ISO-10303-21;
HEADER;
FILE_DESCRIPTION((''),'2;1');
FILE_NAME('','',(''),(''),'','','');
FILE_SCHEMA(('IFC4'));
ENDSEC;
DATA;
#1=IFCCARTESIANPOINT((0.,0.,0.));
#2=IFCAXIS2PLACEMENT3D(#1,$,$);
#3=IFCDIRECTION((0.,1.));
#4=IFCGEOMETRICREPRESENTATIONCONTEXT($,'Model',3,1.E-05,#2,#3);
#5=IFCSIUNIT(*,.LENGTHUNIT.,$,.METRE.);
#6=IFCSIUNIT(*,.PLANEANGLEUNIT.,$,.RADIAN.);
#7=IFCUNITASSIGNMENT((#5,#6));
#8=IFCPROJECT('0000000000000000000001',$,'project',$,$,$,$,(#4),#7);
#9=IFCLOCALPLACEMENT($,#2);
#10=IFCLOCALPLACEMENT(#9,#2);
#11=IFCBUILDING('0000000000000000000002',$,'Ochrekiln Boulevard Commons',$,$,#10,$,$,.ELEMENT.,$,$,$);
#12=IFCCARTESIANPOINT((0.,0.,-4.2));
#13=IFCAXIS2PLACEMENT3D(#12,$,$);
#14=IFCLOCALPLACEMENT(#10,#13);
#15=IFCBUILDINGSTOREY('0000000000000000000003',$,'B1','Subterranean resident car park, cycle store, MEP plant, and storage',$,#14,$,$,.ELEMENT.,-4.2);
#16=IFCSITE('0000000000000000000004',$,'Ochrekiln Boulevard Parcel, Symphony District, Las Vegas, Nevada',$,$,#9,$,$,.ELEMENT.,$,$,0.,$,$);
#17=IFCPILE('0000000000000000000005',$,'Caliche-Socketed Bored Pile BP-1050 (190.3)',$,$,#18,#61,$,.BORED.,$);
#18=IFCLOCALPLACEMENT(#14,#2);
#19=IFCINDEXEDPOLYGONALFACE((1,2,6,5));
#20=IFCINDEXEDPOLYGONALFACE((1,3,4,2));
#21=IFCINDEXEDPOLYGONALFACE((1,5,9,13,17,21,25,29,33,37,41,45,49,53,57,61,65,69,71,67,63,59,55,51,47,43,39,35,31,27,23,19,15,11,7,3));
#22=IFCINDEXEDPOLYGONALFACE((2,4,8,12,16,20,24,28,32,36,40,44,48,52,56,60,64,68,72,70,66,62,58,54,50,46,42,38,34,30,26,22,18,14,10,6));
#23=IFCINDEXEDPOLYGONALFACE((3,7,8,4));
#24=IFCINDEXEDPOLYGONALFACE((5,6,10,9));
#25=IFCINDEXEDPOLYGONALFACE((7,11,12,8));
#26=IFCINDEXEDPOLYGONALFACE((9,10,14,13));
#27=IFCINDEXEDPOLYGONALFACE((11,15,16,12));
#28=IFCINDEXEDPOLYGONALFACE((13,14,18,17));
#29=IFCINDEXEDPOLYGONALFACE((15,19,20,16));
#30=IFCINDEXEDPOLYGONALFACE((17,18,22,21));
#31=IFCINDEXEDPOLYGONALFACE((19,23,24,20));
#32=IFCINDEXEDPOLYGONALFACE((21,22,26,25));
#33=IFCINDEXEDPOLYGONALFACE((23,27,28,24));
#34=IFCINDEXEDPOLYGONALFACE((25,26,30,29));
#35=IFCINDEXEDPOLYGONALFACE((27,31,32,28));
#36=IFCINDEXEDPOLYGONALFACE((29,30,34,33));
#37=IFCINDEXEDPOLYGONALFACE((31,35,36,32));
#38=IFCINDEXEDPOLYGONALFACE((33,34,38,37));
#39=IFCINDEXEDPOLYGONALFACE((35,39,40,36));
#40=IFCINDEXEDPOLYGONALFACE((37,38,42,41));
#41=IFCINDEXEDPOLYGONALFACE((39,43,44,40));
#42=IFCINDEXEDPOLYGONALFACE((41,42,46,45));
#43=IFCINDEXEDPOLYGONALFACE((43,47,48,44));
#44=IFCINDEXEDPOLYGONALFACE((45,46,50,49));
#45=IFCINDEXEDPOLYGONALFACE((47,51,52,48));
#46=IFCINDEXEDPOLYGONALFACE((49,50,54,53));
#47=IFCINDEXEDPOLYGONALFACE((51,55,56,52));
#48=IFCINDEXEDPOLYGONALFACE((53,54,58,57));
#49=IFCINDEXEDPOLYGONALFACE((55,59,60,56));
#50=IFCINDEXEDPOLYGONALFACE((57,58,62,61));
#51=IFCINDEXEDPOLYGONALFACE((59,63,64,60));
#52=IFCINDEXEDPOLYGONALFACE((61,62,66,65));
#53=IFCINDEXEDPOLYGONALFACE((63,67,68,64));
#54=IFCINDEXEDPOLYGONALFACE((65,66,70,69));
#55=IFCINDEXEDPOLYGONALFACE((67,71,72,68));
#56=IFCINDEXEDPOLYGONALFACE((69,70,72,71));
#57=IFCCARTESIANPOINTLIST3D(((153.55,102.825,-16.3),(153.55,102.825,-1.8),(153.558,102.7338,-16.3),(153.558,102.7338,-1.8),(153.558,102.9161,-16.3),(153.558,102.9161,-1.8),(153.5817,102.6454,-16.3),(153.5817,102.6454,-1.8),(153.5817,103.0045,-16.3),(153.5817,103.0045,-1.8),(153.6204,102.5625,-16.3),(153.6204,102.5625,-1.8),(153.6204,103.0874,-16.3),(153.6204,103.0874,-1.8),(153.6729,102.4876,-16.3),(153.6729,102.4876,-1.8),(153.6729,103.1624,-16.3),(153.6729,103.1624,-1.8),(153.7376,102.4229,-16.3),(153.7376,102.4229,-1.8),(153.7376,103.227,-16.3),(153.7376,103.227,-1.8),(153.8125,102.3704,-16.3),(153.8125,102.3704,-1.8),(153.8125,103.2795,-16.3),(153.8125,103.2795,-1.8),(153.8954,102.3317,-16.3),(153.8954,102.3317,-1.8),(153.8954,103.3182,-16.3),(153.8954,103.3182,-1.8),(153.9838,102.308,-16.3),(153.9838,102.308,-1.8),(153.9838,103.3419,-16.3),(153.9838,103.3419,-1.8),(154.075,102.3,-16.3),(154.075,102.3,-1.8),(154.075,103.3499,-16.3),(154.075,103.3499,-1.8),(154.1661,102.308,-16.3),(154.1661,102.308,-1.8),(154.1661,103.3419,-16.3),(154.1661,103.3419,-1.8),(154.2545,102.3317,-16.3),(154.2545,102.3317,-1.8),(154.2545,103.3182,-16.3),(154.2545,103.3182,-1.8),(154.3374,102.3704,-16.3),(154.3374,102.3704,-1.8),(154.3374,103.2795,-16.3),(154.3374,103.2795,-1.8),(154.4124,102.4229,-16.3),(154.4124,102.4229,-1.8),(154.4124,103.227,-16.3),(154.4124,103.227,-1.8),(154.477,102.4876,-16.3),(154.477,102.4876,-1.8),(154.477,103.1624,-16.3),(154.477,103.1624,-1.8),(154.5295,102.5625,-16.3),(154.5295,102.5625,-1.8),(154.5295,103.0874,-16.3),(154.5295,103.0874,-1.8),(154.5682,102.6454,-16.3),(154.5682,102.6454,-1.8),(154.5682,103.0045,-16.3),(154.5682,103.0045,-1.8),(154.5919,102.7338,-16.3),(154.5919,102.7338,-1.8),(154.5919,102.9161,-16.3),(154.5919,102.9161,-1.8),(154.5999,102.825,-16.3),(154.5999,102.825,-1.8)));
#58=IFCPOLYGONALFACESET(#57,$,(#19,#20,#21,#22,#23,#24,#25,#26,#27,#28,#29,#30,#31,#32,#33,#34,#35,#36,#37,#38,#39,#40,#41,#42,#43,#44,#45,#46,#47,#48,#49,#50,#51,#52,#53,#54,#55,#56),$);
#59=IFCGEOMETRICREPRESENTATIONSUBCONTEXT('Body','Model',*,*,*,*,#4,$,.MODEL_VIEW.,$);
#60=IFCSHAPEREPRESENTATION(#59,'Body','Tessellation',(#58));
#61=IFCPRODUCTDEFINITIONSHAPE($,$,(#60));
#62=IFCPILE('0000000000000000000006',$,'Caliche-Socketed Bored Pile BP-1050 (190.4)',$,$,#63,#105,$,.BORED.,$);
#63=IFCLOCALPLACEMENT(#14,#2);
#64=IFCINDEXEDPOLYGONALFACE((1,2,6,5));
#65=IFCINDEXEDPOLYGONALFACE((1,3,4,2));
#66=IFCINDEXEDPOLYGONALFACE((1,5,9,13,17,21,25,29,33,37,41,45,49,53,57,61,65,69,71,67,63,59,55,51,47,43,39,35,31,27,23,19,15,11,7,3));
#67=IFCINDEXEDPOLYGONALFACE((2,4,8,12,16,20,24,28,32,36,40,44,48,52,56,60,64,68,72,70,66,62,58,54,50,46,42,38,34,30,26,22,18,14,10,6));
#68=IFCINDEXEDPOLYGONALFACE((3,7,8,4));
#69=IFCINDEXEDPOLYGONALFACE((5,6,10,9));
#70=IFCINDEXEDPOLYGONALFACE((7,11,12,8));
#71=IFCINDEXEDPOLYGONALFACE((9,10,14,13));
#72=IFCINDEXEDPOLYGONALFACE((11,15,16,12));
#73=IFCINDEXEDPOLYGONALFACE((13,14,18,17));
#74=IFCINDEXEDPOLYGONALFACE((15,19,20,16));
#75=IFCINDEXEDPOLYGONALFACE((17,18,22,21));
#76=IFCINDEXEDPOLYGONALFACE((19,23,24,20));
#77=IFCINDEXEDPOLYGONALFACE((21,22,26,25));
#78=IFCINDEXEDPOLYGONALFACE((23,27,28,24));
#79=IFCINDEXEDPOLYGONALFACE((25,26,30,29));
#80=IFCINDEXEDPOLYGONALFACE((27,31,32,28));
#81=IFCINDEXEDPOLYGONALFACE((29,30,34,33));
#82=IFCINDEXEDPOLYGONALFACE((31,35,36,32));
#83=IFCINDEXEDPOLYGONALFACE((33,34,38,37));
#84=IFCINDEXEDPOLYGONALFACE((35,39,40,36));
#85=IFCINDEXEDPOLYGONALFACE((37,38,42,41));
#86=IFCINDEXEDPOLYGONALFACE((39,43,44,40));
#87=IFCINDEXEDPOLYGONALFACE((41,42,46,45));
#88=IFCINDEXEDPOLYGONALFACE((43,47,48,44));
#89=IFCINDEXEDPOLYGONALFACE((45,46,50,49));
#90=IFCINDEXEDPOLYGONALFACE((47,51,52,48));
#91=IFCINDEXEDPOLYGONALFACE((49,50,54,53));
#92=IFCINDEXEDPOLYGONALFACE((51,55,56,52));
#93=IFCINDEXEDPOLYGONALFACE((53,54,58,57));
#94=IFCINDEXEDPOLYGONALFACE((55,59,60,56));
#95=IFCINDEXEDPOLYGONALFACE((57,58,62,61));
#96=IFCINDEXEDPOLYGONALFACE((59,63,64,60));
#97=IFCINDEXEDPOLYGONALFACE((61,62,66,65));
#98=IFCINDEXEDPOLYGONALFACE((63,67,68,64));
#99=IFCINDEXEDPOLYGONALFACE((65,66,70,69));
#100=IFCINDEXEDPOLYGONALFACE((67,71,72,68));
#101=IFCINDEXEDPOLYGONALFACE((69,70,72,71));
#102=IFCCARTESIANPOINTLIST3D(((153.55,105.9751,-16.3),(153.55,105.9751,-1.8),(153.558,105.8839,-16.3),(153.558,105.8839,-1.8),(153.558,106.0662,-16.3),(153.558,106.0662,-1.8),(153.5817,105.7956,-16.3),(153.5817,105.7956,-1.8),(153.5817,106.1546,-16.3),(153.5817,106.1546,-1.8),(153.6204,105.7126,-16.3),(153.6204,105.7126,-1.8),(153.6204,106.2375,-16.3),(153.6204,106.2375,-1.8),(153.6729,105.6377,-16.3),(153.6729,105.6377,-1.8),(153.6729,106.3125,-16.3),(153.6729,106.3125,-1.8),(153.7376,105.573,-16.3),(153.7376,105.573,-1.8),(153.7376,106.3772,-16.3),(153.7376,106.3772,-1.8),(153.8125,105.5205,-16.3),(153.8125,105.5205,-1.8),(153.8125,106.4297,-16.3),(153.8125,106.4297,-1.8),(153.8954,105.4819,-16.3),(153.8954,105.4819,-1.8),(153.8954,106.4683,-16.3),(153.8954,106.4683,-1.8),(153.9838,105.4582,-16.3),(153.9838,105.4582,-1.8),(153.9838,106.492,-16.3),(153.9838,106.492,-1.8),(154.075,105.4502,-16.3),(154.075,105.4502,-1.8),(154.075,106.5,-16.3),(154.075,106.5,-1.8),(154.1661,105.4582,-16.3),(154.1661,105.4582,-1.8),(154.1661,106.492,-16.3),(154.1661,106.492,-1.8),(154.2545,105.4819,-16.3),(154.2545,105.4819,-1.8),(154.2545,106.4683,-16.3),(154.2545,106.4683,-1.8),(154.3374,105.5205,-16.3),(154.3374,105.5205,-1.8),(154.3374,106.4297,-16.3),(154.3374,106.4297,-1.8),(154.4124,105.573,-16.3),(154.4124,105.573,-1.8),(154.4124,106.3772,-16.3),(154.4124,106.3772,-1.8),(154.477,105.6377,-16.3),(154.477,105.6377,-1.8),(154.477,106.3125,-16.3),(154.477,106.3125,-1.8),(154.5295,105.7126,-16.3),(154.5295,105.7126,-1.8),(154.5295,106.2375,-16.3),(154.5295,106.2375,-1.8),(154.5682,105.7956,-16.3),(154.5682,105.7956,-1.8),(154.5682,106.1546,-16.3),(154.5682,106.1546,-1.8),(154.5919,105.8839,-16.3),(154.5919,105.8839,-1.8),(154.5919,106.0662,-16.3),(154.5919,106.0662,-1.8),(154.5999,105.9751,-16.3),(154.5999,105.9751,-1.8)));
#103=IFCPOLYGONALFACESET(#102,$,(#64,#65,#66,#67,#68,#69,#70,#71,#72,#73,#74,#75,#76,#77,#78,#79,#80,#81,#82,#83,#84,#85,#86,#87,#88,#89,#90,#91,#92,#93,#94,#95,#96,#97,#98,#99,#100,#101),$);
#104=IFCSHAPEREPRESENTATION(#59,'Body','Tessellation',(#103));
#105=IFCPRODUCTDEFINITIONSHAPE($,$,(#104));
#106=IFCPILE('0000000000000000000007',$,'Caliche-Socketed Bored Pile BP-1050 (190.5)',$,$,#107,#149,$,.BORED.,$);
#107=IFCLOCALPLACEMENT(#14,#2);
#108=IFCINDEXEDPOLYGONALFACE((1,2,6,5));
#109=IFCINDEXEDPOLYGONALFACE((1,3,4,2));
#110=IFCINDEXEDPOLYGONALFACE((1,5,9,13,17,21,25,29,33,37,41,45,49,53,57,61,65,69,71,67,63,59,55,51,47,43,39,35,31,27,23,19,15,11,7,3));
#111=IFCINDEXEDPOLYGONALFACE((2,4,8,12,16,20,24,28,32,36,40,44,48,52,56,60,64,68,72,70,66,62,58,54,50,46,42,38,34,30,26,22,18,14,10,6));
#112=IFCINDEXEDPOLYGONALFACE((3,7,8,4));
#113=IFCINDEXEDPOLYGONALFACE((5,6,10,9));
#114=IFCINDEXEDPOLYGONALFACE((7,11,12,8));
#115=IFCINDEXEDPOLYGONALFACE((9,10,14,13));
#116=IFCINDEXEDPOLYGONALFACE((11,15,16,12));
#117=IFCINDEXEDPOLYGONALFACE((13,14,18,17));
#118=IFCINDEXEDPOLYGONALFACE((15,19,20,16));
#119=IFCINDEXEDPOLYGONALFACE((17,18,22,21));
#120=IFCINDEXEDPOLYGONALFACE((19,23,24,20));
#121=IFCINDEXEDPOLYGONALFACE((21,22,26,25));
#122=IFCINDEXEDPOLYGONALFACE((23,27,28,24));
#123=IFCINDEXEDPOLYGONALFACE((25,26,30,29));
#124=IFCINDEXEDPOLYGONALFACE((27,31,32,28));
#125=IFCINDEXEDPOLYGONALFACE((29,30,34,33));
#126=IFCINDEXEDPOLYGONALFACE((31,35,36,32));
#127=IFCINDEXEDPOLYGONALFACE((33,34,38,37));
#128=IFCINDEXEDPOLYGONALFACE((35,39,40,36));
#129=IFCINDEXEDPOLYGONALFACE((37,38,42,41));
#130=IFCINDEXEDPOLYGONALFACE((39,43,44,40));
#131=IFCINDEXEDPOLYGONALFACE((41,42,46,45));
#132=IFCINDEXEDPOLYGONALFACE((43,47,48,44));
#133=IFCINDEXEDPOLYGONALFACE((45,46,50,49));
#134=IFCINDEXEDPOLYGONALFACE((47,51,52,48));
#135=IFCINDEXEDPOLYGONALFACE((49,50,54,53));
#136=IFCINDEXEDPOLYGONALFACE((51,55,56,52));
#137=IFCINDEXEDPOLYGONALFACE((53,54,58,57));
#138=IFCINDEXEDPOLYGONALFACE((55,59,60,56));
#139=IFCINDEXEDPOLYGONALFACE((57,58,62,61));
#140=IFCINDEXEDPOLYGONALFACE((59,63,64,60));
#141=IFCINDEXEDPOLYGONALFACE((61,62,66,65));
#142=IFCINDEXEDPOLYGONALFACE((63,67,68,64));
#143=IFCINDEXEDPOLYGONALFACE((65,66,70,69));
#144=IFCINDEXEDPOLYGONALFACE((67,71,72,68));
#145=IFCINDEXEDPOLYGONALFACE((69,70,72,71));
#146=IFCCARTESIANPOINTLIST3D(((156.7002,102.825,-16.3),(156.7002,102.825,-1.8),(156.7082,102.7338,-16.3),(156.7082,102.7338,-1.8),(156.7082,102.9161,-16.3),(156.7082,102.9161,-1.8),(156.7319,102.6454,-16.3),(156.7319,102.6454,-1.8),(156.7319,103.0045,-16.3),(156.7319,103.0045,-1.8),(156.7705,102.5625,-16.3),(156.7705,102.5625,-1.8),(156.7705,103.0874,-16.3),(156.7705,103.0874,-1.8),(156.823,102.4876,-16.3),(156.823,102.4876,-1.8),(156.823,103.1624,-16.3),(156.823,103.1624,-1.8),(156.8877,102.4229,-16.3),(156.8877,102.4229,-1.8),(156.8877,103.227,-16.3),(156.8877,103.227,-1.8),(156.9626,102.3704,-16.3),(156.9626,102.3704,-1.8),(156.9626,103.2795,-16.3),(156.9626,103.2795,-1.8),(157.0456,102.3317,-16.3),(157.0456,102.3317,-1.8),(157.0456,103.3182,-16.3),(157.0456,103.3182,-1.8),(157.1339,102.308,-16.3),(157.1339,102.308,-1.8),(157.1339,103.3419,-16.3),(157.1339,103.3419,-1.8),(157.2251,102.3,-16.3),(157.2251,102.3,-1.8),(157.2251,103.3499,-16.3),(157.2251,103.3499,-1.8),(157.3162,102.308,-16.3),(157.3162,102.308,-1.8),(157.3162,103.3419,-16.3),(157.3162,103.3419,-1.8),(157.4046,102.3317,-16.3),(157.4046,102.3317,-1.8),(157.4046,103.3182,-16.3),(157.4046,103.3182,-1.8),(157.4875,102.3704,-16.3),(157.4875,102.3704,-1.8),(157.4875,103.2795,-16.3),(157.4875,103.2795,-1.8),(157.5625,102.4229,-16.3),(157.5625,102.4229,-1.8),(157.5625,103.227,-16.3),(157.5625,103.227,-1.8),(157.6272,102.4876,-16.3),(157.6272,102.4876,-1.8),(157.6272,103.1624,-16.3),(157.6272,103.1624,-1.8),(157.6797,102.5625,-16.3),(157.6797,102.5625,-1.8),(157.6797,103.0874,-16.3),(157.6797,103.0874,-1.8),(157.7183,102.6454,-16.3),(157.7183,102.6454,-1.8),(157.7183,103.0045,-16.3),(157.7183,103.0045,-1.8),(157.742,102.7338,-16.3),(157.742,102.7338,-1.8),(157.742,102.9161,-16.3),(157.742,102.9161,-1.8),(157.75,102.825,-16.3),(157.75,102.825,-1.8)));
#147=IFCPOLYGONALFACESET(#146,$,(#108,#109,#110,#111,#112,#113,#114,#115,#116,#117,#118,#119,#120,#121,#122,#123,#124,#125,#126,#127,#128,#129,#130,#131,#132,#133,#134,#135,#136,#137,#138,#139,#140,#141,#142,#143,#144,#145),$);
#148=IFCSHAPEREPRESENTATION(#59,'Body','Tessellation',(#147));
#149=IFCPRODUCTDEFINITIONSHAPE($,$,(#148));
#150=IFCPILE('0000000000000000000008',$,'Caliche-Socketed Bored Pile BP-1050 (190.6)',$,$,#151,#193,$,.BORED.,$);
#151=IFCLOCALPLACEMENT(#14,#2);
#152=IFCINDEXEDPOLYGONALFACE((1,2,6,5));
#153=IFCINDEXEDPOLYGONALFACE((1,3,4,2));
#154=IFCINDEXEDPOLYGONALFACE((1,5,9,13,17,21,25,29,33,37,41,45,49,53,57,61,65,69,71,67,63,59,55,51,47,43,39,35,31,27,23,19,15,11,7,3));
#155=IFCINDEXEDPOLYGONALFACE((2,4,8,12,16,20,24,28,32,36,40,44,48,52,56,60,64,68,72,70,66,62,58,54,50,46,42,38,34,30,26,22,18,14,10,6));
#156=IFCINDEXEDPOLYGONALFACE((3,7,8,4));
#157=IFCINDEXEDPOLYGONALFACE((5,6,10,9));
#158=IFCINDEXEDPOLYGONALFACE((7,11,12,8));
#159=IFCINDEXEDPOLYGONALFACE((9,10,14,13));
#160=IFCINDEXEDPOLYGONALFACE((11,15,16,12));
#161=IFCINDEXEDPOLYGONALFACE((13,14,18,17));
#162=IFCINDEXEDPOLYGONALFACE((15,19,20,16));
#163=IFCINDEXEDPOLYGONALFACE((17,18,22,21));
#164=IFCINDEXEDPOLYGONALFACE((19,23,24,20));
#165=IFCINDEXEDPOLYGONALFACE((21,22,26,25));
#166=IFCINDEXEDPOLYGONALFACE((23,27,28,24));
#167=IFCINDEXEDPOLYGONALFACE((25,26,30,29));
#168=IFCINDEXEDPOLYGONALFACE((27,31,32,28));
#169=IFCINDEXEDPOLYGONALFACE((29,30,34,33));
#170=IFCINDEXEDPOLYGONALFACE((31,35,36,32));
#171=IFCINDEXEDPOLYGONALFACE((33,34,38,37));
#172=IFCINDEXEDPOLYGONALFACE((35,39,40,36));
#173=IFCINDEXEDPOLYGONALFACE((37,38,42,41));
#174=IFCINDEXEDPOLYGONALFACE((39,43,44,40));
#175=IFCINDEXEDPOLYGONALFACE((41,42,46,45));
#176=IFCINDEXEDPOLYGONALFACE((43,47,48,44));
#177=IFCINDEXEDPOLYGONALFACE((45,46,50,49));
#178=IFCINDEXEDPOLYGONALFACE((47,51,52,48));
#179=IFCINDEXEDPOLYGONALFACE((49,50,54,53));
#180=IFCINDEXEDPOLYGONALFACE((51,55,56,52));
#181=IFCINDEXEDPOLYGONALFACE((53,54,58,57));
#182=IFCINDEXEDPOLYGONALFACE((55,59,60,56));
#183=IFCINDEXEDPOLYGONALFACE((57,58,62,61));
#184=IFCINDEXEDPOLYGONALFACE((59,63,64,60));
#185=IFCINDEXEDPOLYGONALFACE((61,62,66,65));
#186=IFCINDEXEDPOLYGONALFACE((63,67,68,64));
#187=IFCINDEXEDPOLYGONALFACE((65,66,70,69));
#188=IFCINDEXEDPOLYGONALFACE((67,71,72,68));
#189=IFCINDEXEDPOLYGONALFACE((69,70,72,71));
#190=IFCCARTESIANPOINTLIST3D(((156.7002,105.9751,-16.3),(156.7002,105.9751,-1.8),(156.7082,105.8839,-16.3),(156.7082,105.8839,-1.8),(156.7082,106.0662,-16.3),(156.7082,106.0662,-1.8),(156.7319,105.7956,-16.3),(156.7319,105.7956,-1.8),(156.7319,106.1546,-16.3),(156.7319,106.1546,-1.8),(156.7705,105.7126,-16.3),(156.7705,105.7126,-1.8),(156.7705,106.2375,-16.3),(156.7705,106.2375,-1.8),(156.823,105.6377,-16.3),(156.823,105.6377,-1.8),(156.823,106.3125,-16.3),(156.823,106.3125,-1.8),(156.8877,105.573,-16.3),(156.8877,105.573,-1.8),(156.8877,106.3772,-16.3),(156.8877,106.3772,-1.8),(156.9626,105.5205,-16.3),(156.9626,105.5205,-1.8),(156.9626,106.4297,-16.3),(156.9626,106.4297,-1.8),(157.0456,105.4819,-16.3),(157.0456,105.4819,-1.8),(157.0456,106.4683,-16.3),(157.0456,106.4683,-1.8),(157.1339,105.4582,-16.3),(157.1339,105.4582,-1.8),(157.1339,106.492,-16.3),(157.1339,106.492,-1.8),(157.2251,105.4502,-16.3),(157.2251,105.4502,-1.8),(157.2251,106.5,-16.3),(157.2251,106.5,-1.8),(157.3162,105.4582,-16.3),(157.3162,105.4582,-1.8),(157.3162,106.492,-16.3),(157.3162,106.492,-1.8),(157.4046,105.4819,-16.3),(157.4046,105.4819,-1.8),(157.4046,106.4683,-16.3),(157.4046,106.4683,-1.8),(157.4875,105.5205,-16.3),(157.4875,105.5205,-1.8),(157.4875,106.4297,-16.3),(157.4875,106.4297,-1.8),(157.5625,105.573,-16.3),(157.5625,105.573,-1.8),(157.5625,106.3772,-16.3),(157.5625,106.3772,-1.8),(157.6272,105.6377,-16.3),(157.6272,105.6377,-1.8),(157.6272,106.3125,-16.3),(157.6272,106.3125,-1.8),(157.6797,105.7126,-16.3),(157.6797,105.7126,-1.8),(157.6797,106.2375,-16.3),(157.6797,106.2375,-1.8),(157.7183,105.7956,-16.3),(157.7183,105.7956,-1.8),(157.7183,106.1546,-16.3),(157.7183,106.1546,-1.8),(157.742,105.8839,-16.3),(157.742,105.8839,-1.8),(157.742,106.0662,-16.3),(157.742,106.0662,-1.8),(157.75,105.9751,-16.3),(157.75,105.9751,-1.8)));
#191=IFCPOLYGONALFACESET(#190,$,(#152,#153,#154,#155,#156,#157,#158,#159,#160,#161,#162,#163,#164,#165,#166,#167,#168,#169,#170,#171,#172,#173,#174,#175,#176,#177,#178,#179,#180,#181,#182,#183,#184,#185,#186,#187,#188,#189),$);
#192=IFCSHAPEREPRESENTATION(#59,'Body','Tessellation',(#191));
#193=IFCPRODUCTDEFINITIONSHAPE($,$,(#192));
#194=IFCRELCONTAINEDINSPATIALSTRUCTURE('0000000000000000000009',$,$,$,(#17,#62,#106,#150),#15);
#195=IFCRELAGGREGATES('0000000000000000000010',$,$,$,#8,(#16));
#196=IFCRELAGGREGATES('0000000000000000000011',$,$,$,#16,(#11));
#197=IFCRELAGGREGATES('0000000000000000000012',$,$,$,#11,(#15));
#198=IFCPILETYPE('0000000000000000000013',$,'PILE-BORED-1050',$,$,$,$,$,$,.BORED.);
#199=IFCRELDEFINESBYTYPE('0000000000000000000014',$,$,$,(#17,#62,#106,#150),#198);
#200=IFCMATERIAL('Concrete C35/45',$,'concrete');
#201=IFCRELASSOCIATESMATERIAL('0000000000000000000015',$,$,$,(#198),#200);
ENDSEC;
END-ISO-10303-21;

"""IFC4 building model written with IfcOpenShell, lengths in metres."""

from ifc_helpers import new_model, si_unit, direction, frame, origin, origin_2d, place, context, subcontext, project, spatial, circle, extrude, material, material_profile, profile_set, type_object, element, save


model = new_model("IFC4")

# Units and contexts
model_context = context("Model", 3, precision=1e-05, world=origin(), true_north=direction((0.0, 1.0)))
body_context = subcontext(model_context, "Body", "Model", "MODEL_VIEW")
ifc_project = project(units=[si_unit("LENGTHUNIT", "METRE"), si_unit("PLANEANGLEUNIT", "RADIAN")], contexts=[model_context])

# Site, building, storey
site_placement = place(None, origin())
site = spatial("IfcSite", under=ifc_project, at=site_placement, Name="Ochrekiln Boulevard Parcel, Symphony District, Las Vegas, Nevada", CompositionType="ELEMENT", RefElevation=0.0)
building_placement = place(site_placement, origin())
building = spatial("IfcBuilding", under=site, at=building_placement, Name="Ochrekiln Boulevard Commons", CompositionType="ELEMENT")
storey_placement = place(building_placement, frame((0.0, 0.0, -4.2)))
storey = spatial("IfcBuildingStorey", under=building, at=storey_placement, Name="B1", Description="Subterranean resident car park, cycle store, MEP plant, and storage", CompositionType="ELEMENT", Elevation=-4.2)

# Shared definitions
ifc_material_1 = material(Name="Concrete C35/45", Category="concrete")

# Piles
ifc_material_profile_1 = material_profile(ifc_material_1, circle(Radius=0.5249, at=origin_2d()), Name="PILE-D1050")
ifc_profile_set_1 = profile_set([ifc_material_profile_1], Name="Concrete C35/45")
pile_type = type_object("IfcPileType", Name="PILE-BORED-1050", PredefinedType="BORED", material=ifc_profile_set_1)
for number, where, z_axis, x_axis, name in (
    (1, (154.075, 102.825, -1.8), (0.0, 0.0, -1.0), (1.0, 0.0, 0.0), "Caliche-Socketed Bored Pile BP-1050 (190.3)"),
    (2, (154.075, 105.9751, -1.8), (0.0, 0.0, -1.0), (1.0, 0.0, 0.0), "Caliche-Socketed Bored Pile BP-1050 (190.4)"),
    (3, (157.2251, 102.825, -1.8), (0.0, 0.0, -1.0), (1.0, 0.0, 0.0), "Caliche-Socketed Bored Pile BP-1050 (190.5)"),
    (4, (157.2251, 105.9751, -1.8), (0.0, 0.0, -1.0), (1.0, 0.0, 0.0), "Caliche-Socketed Bored Pile BP-1050 (190.6)"),
):
    element("IfcPile", number, at=place(storey_placement, frame(where, z_axis=z_axis, x_axis=x_axis)), inside=storey, type_object=pile_type, Name=name, PredefinedType="BORED", context=body_context, shape_type="SweptSolid", body=[
        extrude(circle(Radius=0.5249, at=origin_2d()), origin(), (0.0, 0.0, 1.0), 14.5),
    ])

save(model, "model.ifc")
